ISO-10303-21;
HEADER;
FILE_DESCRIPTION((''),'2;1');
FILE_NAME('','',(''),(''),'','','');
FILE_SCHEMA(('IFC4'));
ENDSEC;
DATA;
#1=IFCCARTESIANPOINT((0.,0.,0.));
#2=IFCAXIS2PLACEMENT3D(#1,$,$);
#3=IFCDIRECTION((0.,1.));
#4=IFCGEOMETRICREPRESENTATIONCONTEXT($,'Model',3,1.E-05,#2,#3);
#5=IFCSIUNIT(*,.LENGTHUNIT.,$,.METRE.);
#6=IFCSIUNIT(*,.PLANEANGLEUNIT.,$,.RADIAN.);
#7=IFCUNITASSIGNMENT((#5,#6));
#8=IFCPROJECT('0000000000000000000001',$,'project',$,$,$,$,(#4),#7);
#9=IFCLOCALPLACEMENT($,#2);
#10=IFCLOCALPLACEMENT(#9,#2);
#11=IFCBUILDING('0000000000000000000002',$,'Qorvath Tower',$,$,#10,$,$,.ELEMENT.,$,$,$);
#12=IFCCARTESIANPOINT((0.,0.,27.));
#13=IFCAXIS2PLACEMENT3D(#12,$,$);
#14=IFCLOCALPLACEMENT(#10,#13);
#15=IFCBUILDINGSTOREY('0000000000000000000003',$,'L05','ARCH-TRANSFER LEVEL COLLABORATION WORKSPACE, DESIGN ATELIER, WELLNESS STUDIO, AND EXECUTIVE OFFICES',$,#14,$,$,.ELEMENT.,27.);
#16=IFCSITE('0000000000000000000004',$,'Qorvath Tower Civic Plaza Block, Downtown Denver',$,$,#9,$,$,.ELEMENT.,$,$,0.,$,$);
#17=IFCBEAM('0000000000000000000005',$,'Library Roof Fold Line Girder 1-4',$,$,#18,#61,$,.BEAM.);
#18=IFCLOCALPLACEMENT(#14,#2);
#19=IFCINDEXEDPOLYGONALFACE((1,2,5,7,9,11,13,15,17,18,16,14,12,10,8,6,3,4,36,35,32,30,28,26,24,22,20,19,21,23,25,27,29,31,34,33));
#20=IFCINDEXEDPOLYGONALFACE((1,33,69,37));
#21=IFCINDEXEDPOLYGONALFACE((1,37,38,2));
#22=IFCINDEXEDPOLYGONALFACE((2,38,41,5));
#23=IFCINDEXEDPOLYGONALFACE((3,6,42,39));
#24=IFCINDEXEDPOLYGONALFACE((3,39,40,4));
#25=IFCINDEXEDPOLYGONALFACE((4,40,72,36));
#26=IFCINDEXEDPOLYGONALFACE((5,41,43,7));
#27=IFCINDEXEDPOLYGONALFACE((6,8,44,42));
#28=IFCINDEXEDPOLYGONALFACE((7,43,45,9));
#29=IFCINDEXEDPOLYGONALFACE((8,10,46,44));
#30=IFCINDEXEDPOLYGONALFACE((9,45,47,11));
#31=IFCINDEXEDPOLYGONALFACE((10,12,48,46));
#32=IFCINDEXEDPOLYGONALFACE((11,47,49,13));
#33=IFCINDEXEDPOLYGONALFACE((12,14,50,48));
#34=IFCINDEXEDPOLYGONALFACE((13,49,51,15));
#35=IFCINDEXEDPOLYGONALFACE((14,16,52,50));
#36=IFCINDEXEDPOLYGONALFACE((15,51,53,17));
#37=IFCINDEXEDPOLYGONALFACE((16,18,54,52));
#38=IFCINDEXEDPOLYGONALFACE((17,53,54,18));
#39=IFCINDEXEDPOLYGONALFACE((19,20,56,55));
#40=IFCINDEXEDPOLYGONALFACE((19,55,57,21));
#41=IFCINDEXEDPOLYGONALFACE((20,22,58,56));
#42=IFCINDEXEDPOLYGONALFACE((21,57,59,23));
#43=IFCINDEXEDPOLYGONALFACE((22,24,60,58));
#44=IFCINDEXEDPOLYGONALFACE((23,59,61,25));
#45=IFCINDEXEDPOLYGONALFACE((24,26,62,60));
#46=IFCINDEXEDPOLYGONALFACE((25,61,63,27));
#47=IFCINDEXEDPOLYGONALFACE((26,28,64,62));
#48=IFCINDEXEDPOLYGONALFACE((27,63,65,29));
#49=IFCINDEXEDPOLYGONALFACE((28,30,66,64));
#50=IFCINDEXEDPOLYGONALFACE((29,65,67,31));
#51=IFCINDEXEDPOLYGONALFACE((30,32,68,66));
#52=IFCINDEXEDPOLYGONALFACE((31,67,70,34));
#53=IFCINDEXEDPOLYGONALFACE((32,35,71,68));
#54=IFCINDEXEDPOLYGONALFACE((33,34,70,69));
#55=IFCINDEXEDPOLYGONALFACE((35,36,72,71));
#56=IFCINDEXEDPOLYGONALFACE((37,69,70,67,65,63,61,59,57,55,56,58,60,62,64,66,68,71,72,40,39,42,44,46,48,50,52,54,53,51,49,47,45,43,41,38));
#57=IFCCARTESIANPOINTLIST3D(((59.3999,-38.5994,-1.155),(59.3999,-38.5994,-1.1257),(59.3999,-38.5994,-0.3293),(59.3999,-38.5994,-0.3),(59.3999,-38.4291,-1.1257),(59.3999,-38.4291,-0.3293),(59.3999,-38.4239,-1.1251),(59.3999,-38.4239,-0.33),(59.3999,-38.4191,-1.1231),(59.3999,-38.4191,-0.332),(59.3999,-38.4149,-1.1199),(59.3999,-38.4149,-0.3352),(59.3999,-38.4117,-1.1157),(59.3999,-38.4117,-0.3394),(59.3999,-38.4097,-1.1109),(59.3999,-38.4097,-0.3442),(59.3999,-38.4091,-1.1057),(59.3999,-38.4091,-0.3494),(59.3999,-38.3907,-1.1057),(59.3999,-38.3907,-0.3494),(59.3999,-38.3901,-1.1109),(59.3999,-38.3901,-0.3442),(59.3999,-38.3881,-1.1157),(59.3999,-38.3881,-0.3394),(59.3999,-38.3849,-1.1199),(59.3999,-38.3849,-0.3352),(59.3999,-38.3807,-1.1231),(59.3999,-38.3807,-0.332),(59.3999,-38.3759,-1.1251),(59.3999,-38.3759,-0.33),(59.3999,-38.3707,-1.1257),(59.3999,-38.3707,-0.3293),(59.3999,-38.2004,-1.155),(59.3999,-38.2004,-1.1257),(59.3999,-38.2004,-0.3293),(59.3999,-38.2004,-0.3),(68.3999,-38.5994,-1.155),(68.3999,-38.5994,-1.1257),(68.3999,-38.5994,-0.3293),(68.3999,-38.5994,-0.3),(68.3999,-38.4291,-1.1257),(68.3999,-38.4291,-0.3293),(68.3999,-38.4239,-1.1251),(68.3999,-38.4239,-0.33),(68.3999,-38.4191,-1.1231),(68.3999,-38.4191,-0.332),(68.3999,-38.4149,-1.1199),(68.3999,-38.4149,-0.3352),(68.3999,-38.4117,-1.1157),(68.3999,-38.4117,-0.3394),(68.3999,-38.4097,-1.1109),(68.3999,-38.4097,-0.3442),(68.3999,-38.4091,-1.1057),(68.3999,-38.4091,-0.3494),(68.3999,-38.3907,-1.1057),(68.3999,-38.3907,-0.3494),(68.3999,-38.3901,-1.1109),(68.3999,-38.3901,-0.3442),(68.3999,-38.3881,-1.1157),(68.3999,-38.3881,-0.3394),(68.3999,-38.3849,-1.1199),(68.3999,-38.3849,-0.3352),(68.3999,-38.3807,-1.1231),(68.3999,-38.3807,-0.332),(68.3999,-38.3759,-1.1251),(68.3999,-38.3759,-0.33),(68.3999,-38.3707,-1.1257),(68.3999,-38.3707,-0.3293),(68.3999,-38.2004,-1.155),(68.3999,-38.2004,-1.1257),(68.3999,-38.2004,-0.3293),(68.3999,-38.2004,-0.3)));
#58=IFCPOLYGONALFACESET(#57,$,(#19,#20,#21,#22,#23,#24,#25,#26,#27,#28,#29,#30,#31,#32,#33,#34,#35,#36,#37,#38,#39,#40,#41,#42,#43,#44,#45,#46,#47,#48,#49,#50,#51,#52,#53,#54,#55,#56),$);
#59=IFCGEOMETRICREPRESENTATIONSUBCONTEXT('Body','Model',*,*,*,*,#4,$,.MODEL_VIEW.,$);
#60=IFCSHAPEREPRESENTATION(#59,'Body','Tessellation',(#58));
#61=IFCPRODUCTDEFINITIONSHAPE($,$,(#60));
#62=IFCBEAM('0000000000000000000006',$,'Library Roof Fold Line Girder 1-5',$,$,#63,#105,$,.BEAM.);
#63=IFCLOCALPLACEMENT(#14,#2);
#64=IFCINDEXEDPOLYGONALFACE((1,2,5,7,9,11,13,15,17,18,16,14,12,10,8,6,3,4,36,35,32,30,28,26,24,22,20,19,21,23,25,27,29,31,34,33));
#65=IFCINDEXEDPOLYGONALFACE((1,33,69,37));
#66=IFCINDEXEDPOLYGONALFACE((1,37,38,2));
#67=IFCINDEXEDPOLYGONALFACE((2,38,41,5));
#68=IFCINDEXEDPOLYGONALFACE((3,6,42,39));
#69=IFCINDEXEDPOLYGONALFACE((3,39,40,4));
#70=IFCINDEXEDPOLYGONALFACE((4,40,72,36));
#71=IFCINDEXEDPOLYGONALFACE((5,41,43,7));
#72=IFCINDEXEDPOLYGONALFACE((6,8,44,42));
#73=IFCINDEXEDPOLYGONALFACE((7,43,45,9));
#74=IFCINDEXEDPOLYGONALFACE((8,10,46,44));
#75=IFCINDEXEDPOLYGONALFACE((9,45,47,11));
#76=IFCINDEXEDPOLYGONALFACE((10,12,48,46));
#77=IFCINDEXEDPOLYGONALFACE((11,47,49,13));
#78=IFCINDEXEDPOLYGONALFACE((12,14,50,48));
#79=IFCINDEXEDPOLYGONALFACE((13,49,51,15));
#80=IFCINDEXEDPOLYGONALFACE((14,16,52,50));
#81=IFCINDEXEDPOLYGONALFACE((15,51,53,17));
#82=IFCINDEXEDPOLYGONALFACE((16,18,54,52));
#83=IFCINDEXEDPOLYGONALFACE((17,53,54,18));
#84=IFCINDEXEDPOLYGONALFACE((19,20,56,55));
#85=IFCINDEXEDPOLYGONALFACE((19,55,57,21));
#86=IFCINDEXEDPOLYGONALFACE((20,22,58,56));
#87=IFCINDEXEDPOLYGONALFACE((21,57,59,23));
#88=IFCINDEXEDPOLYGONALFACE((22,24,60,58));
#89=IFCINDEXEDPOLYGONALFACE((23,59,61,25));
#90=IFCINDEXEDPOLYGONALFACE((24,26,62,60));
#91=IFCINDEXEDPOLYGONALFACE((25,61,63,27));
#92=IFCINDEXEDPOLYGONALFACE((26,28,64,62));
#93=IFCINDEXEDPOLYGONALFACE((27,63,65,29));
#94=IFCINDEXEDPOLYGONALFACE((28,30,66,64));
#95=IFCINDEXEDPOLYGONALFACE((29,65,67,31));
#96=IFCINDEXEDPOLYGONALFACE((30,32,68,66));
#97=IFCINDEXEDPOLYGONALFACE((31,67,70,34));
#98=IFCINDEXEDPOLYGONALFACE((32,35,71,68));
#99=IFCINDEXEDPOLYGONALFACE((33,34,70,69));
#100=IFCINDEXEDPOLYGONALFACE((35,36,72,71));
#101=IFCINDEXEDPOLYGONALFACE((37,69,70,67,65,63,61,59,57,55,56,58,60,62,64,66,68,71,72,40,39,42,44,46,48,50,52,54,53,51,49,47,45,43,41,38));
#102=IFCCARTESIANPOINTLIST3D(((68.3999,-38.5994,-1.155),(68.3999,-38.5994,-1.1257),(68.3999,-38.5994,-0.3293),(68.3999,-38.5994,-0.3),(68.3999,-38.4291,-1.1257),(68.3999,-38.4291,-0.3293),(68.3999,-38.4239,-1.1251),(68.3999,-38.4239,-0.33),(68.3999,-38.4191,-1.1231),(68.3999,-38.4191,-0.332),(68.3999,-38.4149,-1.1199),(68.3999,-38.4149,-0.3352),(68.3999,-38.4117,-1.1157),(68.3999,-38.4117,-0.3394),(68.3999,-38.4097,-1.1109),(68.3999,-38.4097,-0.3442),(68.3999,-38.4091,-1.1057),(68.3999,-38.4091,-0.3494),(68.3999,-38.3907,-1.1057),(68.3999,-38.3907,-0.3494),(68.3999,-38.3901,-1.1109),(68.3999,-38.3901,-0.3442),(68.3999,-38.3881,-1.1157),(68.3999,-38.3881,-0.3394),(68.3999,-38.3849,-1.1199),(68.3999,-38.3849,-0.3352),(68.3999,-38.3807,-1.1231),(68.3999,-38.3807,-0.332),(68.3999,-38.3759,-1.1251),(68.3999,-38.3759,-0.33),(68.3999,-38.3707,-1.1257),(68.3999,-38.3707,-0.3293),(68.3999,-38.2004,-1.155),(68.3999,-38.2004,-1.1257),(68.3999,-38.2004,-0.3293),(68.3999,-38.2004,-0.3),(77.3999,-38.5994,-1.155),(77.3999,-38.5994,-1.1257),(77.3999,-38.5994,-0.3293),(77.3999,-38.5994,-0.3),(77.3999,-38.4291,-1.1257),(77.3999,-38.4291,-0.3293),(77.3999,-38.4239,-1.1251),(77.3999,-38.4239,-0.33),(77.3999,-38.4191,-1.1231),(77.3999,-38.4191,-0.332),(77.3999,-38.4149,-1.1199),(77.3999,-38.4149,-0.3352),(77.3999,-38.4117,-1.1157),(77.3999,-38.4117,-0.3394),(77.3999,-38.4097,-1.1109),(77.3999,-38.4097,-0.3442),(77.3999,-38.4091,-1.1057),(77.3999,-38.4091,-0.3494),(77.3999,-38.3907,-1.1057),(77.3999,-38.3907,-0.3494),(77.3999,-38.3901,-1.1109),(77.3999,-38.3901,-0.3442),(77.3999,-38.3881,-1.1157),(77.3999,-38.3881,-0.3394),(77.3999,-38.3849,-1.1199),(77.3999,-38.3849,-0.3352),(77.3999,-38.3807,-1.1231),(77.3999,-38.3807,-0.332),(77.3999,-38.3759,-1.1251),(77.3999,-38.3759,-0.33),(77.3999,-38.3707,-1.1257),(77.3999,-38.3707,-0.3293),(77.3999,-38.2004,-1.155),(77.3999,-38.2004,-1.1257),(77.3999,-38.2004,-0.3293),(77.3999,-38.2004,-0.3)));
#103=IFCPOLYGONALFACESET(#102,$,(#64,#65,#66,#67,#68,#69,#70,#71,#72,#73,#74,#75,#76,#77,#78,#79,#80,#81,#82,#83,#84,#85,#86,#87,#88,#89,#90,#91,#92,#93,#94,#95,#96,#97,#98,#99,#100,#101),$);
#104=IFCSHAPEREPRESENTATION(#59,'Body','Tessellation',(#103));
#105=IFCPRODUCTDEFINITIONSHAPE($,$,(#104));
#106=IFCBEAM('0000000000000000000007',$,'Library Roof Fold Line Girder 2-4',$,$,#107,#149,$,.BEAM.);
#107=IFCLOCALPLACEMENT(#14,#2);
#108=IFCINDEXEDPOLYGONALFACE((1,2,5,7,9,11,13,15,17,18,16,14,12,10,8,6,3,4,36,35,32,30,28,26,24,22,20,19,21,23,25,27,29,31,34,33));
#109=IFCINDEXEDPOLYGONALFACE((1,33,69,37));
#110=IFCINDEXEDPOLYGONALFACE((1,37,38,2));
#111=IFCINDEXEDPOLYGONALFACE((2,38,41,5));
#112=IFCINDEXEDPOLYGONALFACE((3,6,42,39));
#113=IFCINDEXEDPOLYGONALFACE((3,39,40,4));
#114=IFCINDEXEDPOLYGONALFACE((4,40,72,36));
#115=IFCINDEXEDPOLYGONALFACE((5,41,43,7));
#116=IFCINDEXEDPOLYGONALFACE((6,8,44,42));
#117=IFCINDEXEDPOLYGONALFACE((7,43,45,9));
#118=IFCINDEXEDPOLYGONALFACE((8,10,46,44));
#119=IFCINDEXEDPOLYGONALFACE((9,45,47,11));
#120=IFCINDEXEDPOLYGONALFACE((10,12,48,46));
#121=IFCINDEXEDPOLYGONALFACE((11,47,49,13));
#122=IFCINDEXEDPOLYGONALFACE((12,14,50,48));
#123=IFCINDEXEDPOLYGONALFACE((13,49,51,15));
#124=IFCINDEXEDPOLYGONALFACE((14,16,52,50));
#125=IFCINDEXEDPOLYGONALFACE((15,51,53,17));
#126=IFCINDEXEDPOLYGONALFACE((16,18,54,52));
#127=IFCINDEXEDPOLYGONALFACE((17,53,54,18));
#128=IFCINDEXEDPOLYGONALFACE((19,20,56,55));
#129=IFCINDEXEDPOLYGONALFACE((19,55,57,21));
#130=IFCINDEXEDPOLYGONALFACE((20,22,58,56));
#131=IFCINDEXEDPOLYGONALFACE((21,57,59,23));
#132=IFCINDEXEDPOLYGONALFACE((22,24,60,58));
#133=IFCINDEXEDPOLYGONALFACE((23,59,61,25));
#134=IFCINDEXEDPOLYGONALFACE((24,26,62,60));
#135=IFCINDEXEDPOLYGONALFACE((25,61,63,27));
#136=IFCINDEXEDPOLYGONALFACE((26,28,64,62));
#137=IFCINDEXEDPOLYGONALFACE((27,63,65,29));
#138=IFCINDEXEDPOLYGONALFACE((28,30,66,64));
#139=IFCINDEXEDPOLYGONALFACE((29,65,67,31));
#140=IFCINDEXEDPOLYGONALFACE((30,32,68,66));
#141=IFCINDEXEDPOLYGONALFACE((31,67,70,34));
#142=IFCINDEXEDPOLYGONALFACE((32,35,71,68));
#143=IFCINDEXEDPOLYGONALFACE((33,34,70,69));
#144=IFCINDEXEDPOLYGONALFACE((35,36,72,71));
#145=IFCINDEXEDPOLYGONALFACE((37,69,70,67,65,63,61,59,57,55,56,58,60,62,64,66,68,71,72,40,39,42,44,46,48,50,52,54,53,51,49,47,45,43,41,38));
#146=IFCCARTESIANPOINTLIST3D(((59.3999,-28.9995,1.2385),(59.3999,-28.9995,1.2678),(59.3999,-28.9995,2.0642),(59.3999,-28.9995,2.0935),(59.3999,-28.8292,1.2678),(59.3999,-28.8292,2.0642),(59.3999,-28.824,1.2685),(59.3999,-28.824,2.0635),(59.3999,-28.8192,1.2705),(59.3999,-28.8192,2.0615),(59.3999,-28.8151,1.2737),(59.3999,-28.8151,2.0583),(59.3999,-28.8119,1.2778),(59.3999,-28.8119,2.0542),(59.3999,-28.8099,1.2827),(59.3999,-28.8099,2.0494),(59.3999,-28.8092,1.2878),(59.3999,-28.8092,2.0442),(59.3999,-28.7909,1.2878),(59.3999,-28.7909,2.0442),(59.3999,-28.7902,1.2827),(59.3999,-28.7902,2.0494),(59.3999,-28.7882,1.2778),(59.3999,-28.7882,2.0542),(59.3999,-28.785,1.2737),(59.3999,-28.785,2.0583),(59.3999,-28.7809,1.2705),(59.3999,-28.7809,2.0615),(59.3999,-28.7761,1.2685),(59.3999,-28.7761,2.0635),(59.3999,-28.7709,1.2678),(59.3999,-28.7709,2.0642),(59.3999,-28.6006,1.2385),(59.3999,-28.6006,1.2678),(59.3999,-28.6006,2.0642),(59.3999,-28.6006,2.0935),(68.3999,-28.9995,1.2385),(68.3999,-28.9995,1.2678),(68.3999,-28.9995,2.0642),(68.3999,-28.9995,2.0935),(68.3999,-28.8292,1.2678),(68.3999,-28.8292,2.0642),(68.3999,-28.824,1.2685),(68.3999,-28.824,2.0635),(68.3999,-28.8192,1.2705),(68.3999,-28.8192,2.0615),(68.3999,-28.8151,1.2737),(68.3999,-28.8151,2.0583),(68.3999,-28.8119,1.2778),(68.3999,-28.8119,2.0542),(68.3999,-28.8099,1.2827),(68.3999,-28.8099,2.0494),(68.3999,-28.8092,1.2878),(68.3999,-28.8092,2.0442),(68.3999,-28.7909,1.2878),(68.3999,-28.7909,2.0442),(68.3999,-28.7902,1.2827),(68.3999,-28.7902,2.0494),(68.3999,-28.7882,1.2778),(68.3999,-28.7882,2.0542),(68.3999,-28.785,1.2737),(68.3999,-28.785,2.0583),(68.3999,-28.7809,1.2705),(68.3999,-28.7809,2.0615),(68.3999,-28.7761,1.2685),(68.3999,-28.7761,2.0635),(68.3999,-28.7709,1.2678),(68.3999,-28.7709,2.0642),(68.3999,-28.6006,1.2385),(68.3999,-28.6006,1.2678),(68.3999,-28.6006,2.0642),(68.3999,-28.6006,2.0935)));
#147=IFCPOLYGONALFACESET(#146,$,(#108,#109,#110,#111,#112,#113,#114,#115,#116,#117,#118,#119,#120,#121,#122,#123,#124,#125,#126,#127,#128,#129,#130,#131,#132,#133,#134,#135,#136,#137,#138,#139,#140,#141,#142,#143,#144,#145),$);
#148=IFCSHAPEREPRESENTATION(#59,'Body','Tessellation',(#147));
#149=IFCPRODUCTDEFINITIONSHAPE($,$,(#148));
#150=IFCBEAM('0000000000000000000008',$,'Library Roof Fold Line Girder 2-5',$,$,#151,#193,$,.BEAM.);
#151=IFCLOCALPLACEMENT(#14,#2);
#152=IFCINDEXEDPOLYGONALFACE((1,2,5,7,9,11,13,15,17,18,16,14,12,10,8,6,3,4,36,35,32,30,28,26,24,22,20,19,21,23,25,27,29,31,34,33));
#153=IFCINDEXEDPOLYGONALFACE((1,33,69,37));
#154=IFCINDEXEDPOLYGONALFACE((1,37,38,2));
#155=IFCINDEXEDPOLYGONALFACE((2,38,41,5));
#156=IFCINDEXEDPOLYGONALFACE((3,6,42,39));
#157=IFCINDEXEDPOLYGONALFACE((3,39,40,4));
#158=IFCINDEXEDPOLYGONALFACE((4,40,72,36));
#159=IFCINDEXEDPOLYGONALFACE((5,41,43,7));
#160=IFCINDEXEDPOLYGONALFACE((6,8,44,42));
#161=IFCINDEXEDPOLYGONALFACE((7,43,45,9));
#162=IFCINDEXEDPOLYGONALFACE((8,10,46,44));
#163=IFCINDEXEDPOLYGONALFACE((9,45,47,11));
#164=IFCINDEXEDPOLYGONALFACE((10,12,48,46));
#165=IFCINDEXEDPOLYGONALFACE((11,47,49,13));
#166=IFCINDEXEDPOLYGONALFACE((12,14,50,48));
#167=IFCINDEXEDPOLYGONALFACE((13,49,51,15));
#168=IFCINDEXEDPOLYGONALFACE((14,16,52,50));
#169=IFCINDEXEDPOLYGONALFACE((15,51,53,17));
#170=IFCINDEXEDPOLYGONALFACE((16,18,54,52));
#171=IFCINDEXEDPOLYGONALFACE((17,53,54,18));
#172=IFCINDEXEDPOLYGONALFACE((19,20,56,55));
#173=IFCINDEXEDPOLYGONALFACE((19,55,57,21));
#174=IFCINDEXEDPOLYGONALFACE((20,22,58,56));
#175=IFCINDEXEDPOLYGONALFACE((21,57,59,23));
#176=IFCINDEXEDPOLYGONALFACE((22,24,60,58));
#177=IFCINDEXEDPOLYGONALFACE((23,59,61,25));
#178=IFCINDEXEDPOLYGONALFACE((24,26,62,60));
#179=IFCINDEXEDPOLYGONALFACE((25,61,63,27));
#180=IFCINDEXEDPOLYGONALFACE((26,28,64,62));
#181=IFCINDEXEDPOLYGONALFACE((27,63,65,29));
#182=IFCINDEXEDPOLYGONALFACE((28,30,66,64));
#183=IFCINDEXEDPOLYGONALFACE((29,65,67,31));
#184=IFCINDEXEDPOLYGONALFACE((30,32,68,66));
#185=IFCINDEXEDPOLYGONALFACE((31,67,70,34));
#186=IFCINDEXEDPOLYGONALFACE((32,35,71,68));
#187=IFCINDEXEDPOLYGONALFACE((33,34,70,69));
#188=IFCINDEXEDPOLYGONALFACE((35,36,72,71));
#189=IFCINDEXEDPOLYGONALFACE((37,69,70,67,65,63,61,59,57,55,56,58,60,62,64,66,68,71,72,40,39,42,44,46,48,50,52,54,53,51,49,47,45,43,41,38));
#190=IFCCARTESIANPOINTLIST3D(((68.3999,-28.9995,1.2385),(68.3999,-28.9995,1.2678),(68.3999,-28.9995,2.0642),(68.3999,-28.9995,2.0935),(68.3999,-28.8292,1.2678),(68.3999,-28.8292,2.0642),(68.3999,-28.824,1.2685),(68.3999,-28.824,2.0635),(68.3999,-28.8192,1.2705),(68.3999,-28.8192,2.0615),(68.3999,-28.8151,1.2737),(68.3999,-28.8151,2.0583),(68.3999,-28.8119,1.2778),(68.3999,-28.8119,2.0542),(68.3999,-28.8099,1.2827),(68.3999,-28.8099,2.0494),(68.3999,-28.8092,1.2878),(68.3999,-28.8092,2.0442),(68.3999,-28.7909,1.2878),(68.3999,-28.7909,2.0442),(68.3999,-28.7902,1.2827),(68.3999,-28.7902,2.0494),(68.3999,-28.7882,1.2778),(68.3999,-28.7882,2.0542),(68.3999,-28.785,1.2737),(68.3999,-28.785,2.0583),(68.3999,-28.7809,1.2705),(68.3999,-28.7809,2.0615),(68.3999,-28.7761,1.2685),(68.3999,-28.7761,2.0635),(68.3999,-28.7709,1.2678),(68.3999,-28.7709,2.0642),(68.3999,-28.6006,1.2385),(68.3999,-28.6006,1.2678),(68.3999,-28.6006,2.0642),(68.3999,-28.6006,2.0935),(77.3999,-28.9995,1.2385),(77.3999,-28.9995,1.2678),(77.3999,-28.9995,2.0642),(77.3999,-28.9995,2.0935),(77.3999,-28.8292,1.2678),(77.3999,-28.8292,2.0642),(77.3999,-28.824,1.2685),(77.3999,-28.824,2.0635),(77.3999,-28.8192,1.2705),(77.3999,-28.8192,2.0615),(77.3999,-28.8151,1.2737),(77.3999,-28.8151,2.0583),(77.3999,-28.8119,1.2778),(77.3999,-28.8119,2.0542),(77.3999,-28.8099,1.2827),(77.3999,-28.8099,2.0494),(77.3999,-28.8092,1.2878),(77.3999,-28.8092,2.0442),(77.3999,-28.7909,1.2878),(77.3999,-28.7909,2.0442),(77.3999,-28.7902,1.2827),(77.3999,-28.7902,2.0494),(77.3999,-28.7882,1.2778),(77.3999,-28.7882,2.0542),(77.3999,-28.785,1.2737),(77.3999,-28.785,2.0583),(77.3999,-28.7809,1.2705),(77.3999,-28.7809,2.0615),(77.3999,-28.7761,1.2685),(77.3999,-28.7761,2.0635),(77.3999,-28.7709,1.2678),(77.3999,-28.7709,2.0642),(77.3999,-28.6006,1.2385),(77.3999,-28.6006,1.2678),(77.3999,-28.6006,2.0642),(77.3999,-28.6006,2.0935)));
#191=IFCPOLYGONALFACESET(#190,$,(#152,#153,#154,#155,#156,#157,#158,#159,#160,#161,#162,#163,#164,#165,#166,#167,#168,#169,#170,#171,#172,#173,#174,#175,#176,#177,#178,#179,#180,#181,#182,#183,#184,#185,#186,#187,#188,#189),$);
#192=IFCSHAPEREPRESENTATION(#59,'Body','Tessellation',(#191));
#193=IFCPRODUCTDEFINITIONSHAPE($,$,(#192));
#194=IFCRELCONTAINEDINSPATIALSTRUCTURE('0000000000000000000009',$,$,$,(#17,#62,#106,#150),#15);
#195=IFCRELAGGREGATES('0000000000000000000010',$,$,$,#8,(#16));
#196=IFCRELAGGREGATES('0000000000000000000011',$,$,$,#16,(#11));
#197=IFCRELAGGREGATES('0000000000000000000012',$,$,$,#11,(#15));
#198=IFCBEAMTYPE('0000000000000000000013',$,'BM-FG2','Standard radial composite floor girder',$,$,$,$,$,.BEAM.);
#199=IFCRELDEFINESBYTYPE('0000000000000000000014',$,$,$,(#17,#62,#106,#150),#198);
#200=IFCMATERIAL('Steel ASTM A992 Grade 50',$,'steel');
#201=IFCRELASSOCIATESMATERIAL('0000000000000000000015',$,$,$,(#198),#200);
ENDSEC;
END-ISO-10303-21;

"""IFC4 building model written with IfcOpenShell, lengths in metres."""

from ifc_helpers import new_model, si_unit, direction, frame, origin, origin_2d, place, context, subcontext, project, spatial, i_section, extrude, material, material_profile, profile_set, type_object, element, save


model = new_model("IFC4")

# Units and contexts
model_context = context("Model", 3, precision=1e-05, world=origin(), true_north=direction((0.0, 1.0)))
body_context = subcontext(model_context, "Body", "Model", "MODEL_VIEW")
ifc_project = project(units=[si_unit("LENGTHUNIT", "METRE"), si_unit("PLANEANGLEUNIT", "RADIAN")], contexts=[model_context])

# Site, building, storey
site_placement = place(None, origin())
site = spatial("IfcSite", under=ifc_project, at=site_placement, Name="Qorvath Tower Civic Plaza Block, Downtown Denver", CompositionType="ELEMENT", RefElevation=0.0)
building_placement = place(site_placement, origin())
building = spatial("IfcBuilding", under=site, at=building_placement, Name="Qorvath Tower", CompositionType="ELEMENT")
storey_placement = place(building_placement, frame((0.0, 0.0, 27.0)))
storey = spatial("IfcBuildingStorey", under=building, at=storey_placement, Name="L05", Description="ARCH-TRANSFER LEVEL COLLABORATION WORKSPACE, DESIGN ATELIER, WELLNESS STUDIO, AND EXECUTIVE OFFICES", CompositionType="ELEMENT", Elevation=27.0)

# Beams
ifc_material_1 = material(Name="Steel ASTM A992 Grade 50", Category="steel")
ifc_material_profile_1 = material_profile(ifc_material_1, i_section(OverallWidth=0.3989, OverallDepth=0.855, WebThickness=0.0183, FlangeThickness=0.0293, FilletRadius=0.02, at=origin_2d()), Name="W33x201")
ifc_profile_set_1 = profile_set([ifc_material_profile_1], Name="Steel ASTM A992 Grade 50")
beam_type_1 = type_object("IfcBeamType", Name="BM-FG2", Description="Standard radial composite floor girder", PredefinedType="BEAM", material=ifc_profile_set_1)
for number, where, z_axis, x_axis, name in (
    (1, (59.3999, -38.3999, -0.7275), (1.0, 0.0, 0.0), (0.0, 1.0, 0.0), "Library Roof Fold Line Girder 1-4"),
    (2, (68.3999, -38.3999, -0.7275), (1.0, 0.0, 0.0), (0.0, 1.0, 0.0), "Library Roof Fold Line Girder 1-5"),
    (3, (59.3999, -28.8, 1.666), (1.0, 0.0, 0.0), (0.0, 1.0, 0.0), "Library Roof Fold Line Girder 2-4"),
    (4, (68.3999, -28.8, 1.666), (1.0, 0.0, 0.0), (0.0, 1.0, 0.0), "Library Roof Fold Line Girder 2-5"),
):
    element("IfcBeam", number, at=place(storey_placement, frame(where, z_axis=z_axis, x_axis=x_axis)), inside=storey, type_object=beam_type_1, Name=name, PredefinedType="BEAM", context=body_context, shape_type="SweptSolid", body=[
        extrude(i_section(OverallWidth=0.3989, OverallDepth=0.855, WebThickness=0.0183, FlangeThickness=0.0293, FilletRadius=0.02, at=origin_2d()), origin(), (0.0, 0.0, 1.0), 9.0),
    ])

save(model, "model.ifc")
